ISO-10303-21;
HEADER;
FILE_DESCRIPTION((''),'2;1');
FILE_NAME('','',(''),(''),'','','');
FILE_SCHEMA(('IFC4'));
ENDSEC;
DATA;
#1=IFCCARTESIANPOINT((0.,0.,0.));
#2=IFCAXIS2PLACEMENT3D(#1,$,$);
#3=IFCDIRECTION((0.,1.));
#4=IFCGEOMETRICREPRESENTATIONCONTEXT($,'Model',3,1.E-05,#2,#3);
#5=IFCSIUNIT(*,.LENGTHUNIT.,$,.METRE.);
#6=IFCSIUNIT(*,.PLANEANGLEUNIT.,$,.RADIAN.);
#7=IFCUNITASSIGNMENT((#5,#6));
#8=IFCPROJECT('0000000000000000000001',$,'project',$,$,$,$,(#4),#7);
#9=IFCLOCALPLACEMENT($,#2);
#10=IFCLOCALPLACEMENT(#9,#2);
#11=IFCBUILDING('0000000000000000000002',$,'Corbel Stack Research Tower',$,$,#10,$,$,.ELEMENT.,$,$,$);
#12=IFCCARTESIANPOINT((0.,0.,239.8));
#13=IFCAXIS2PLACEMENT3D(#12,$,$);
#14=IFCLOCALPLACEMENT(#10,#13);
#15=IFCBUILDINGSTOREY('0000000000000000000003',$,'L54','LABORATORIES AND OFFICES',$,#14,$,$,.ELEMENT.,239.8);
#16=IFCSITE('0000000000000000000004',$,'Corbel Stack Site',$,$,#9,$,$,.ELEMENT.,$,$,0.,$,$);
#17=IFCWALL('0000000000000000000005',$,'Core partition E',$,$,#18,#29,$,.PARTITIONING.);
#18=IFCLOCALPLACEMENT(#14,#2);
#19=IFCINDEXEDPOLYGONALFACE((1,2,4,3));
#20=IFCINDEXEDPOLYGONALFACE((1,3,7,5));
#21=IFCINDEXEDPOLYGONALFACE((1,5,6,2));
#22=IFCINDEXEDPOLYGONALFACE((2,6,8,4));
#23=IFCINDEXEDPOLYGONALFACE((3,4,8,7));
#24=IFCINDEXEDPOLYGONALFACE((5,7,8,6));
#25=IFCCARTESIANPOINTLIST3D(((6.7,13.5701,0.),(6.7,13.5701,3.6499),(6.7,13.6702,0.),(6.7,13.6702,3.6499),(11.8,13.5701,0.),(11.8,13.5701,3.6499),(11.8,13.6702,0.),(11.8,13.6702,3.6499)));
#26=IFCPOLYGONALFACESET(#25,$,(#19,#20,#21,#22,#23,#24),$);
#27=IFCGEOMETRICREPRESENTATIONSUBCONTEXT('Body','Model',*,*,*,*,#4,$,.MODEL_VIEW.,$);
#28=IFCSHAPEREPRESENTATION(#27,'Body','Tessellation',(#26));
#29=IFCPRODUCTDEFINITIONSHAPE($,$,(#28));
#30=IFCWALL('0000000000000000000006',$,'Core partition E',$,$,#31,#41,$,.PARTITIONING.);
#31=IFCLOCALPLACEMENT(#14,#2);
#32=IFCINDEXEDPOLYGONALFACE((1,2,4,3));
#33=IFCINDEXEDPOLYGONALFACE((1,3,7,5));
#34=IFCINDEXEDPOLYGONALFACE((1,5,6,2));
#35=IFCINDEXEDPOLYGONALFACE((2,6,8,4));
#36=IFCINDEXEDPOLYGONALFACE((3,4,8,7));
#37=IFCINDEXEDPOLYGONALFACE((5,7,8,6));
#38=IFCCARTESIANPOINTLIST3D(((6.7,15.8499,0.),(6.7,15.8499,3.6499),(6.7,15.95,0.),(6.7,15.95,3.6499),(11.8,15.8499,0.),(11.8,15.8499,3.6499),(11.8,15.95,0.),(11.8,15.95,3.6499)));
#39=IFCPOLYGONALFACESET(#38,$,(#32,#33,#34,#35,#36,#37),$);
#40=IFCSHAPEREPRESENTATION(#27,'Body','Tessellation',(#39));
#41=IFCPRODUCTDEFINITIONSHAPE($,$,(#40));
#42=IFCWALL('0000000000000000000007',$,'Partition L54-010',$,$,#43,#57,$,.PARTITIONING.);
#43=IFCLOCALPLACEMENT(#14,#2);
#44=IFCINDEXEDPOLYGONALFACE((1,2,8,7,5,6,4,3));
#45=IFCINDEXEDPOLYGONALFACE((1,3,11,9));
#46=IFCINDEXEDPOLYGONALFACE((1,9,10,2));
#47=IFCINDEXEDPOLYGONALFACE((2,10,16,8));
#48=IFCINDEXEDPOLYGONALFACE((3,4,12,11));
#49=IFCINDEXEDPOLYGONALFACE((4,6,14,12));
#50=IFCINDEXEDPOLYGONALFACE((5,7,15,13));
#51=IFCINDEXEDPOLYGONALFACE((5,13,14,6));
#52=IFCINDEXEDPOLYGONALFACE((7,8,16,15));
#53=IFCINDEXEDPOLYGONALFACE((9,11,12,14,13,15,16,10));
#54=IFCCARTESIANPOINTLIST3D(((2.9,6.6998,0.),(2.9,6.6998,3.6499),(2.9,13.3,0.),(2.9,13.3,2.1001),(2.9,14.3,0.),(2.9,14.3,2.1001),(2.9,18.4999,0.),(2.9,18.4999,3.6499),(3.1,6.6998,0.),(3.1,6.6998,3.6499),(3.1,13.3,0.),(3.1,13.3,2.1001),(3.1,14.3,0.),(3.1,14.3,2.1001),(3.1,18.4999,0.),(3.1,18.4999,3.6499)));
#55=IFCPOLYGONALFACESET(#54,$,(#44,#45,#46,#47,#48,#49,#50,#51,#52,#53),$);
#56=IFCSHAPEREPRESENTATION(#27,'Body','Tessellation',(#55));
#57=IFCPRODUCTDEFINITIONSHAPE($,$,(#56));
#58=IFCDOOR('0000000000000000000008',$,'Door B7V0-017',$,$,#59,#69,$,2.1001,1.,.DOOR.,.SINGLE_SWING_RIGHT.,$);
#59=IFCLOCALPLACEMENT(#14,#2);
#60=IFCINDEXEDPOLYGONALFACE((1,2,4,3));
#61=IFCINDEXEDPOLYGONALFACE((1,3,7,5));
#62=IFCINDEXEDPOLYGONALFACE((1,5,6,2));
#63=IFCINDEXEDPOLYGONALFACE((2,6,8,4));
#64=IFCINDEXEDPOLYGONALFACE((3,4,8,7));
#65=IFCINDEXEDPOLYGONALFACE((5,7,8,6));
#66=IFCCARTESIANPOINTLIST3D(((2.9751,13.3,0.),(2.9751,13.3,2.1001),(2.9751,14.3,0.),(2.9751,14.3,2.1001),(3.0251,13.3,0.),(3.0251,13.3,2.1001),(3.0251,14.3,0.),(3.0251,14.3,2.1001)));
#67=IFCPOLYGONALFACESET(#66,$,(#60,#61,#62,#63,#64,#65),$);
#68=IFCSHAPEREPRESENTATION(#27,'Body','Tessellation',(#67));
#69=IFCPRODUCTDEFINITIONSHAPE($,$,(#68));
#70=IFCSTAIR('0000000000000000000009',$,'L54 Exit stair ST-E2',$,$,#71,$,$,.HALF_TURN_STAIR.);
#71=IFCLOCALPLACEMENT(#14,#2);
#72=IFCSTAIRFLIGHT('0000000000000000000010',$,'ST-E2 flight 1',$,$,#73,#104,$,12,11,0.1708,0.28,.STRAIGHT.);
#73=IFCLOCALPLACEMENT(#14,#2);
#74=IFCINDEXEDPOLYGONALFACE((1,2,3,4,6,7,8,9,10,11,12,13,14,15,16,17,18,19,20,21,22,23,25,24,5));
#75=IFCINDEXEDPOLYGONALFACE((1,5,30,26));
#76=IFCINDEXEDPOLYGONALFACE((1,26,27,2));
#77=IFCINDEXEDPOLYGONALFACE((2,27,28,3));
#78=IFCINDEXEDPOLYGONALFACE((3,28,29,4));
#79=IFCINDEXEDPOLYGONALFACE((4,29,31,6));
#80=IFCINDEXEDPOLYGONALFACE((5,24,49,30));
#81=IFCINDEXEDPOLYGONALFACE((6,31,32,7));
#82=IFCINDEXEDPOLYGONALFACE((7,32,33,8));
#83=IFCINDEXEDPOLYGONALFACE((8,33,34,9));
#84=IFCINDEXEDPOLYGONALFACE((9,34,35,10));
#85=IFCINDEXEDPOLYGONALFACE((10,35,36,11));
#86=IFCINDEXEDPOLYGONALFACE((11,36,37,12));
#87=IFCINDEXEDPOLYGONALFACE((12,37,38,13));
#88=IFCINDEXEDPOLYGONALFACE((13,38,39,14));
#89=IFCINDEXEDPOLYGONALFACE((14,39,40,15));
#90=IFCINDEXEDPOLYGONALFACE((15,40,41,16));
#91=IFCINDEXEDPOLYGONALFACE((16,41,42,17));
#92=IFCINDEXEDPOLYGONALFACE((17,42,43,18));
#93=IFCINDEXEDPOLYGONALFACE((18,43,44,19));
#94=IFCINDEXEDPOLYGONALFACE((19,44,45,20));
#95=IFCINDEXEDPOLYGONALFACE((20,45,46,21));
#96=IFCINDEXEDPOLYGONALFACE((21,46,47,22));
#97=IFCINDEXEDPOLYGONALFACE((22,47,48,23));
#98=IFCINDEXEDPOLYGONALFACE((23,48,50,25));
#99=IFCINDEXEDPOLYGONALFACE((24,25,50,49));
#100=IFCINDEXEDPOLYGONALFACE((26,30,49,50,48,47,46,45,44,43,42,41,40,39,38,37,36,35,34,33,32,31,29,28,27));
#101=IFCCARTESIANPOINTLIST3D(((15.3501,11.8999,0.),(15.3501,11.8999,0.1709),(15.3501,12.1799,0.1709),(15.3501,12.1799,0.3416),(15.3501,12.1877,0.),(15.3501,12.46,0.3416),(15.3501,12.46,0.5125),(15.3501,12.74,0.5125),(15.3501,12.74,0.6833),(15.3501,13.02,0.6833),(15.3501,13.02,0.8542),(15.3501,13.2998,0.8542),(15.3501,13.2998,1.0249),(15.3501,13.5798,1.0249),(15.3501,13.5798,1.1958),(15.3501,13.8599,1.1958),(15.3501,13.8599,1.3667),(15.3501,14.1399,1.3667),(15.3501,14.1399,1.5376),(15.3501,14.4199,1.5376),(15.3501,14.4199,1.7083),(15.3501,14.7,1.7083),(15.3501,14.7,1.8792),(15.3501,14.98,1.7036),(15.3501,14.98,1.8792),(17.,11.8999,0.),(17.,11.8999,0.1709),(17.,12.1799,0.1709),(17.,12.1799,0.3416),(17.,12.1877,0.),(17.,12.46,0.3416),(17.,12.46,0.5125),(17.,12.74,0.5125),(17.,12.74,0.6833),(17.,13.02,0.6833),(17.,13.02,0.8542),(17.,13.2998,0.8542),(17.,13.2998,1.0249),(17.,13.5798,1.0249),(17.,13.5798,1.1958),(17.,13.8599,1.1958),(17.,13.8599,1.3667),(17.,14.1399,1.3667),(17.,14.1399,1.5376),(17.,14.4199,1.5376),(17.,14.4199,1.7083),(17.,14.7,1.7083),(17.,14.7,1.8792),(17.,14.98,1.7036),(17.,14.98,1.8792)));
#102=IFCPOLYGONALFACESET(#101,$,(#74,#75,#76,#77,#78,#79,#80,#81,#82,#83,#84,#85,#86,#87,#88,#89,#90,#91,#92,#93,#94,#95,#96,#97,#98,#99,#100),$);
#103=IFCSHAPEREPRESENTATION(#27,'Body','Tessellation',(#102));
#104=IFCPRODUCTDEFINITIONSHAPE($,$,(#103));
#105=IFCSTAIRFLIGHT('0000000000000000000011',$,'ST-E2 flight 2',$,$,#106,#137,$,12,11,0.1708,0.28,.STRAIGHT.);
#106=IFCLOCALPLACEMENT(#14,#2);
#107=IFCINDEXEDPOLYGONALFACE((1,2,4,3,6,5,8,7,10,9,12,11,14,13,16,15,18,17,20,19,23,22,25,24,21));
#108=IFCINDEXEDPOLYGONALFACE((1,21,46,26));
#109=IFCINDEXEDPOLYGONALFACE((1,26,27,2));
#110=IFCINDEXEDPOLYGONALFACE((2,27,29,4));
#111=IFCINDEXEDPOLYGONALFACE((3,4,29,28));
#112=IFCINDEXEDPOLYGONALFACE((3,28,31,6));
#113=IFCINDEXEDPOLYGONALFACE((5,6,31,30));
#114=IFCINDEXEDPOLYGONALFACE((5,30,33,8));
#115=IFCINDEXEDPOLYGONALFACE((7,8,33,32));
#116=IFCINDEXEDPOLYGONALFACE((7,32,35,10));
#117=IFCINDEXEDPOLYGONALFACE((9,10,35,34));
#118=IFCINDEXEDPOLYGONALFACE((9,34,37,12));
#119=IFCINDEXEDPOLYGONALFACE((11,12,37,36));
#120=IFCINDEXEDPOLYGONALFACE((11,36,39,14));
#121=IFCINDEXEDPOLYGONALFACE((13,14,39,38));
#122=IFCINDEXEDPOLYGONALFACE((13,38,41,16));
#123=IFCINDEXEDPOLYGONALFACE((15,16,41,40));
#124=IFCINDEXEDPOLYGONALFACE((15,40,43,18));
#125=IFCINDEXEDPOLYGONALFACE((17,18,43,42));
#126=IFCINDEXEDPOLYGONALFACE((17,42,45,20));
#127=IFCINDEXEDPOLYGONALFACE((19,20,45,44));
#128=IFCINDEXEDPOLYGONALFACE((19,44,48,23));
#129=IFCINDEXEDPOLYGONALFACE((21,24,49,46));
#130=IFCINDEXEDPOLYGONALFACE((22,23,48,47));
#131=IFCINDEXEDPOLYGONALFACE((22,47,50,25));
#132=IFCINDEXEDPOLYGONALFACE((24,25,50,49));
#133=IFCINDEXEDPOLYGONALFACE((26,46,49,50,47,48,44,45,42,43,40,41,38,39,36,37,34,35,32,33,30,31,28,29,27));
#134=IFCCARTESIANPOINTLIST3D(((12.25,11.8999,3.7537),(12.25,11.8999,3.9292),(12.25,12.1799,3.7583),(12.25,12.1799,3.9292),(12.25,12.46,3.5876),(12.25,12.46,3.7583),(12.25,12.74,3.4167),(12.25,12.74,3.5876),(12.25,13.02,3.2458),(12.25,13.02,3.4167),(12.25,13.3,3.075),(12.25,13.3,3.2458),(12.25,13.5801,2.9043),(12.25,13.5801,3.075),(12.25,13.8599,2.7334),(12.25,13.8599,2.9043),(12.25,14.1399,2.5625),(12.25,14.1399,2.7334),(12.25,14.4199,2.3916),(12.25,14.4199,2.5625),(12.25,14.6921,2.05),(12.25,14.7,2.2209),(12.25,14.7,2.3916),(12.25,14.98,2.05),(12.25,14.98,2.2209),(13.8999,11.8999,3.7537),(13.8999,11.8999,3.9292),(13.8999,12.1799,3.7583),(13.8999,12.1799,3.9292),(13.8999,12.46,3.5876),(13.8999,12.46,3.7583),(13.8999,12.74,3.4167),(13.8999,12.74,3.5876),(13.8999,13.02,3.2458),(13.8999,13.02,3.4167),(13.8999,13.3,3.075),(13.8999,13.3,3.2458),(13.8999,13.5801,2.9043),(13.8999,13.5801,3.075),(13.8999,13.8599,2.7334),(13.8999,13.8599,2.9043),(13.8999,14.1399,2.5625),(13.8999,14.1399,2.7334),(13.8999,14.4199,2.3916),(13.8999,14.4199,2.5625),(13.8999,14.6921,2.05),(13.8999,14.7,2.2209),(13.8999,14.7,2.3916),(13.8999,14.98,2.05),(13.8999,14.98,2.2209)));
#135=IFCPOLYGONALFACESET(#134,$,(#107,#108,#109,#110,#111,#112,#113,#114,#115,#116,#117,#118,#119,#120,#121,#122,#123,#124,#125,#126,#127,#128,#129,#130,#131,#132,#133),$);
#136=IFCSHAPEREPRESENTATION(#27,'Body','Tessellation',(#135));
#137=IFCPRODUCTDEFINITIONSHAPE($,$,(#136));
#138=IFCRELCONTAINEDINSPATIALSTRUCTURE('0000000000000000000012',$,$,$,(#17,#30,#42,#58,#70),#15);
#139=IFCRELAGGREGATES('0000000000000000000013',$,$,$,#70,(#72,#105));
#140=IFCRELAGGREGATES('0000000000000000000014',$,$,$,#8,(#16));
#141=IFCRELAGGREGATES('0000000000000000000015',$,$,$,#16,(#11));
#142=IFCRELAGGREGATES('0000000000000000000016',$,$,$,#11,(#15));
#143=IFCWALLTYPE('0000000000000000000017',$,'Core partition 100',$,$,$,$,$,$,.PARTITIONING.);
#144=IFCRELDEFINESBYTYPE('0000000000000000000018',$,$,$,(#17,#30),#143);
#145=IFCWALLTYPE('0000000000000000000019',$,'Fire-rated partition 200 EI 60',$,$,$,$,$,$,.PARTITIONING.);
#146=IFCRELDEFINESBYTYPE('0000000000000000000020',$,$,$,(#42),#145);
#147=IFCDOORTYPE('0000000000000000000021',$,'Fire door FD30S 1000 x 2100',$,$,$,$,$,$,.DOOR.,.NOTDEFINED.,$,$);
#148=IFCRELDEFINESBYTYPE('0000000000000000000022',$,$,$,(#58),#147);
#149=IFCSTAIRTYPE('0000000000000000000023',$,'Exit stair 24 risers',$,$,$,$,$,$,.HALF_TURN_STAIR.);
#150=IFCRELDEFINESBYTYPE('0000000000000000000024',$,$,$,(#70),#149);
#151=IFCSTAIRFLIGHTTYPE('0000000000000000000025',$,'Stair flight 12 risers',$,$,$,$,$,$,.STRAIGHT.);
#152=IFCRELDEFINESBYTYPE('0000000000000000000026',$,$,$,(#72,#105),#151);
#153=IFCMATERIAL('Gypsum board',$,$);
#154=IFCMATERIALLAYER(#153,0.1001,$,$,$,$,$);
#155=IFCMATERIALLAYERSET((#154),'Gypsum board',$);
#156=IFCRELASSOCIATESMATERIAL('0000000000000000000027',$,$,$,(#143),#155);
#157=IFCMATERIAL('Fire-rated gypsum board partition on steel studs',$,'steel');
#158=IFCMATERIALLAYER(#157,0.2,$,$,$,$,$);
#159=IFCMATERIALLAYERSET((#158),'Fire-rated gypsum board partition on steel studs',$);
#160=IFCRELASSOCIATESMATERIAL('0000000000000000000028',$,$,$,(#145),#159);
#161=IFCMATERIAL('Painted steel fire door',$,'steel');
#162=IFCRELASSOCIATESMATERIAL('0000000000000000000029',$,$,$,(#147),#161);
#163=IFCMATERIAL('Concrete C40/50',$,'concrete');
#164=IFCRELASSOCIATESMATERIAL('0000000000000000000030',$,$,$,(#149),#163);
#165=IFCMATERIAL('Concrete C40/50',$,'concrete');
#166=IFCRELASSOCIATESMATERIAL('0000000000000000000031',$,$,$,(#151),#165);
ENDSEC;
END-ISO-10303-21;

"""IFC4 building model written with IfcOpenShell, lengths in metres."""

from ifc_helpers import new_model, si_unit, direction, frame, frame_2d, origin, place, context, subcontext, project, spatial, polyline, rectangle, outline, extrude, material, layer, layer_set, type_object, element, fill, aggregate, save


model = new_model("IFC4")

# Units and contexts
model_context = context("Model", 3, precision=1e-05, world=origin(), true_north=direction((0.0, 1.0)))
body_context = subcontext(model_context, "Body", "Model", "MODEL_VIEW")
ifc_project = project(units=[si_unit("LENGTHUNIT", "METRE"), si_unit("PLANEANGLEUNIT", "RADIAN")], contexts=[model_context])

# Site, building, storey
site_placement = place(None, origin())
site = spatial("IfcSite", under=ifc_project, at=site_placement, Name="Corbel Stack Site", CompositionType="ELEMENT", RefElevation=0.0)
building_placement = place(site_placement, origin())
building = spatial("IfcBuilding", under=site, at=building_placement, Name="Corbel Stack Research Tower", CompositionType="ELEMENT")
storey_placement = place(building_placement, frame((0.0, 0.0, 239.8)))
storey = spatial("IfcBuildingStorey", under=building, at=storey_placement, Name="L54", Description="LABORATORIES AND OFFICES", CompositionType="ELEMENT", Elevation=239.8)

# Walls
ifc_material_1 = material(Name="Gypsum board")
ifc_layer_1 = layer(ifc_material_1, 0.1001)
ifc_layer_set_1 = layer_set([ifc_layer_1], Name="Gypsum board")
wall_type_1 = type_object("IfcWallType", Name="Core partition 100", PredefinedType="PARTITIONING", material=ifc_layer_set_1)
for number, where, z_axis, x_axis, name in (
    (1, (6.7, 13.6201, 0.0), (0.0, 0.0, 1.0), (1.0, 0.0, 0.0), "Core partition E"),
    (2, (6.7, 15.8999, 0.0), (0.0, 0.0, 1.0), (1.0, 0.0, 0.0), "Core partition E"),
):
    element("IfcWall", number, at=place(storey_placement, frame(where, z_axis=z_axis, x_axis=x_axis)), inside=storey, type_object=wall_type_1, Name=name, PredefinedType="PARTITIONING", context=body_context, shape_type="SweptSolid", body=[
        extrude(rectangle(XDim=5.1001, YDim=0.1001, at=frame_2d((2.55, 0.0))), origin(), (0.0, 0.0, 1.0), 3.6499),
    ])

# Wall, opening, door
ifc_material_2 = material(Name="Fire-rated gypsum board partition on steel studs", Category="steel")
ifc_layer_2 = layer(ifc_material_2, 0.2)
ifc_layer_set_2 = layer_set([ifc_layer_2], Name="Fire-rated gypsum board partition on steel studs")
wall_type_2 = type_object("IfcWallType", Name="Fire-rated partition 200 EI 60", PredefinedType="PARTITIONING", material=ifc_layer_set_2)
wall_1_placement = place(storey_placement, frame((3.0, 6.7, 0.0), z_axis=(0.0, 0.0, 1.0), x_axis=(0.0, 1.0, 0.0)))
wall_1 = element("IfcWall", 3, at=wall_1_placement, inside=storey, type_object=wall_type_2, Name="Partition L54-010", PredefinedType="PARTITIONING", context=body_context, shape_type="SweptSolid", body=[
    extrude(rectangle(XDim=11.8, YDim=0.2, at=frame_2d((5.8999, 0.0))), origin(), (0.0, 0.0, 1.0), 3.6499),
])
opening_1_placement = place(wall_1_placement, frame((6.6001, 0.0, 0.0)))
opening_1 = element("IfcOpeningElement", 4, at=opening_1_placement, cuts=wall_1, PredefinedType="OPENING", context=body_context, shape_type="SweptSolid", body=[
    extrude(rectangle(XDim=1.0, YDim=2.1001, at=frame_2d((0.5, 1.05))), frame((0.0, 0.1099, 0.0), z_axis=(0.0, -1.0, 0.0), x_axis=(1.0, 0.0, 0.0)), (0.0, 0.0, 1.0), 0.22),
])
ifc_material_3 = material(Name="Painted steel fire door", Category="steel")
door_type_1 = type_object("IfcDoorType", Name="Fire door FD30S 1000 x 2100", OperationType="NOTDEFINED", PredefinedType="DOOR", material=ifc_material_3)
door_1_placement = place(opening_1_placement, origin())
door_1 = element("IfcDoor", 5, at=door_1_placement, inside=storey, type_object=door_type_1, Name="Door B7V0-017", OperationType="SINGLE_SWING_RIGHT", OverallHeight=2.1001, OverallWidth=1.0, PredefinedType="DOOR", context=body_context, shape_type="SweptSolid", body=[
    extrude(rectangle(XDim=1.0, YDim=2.1001, at=frame_2d((0.5, 1.05))), frame((0.0, 0.0249, 0.0), z_axis=(0.0, -1.0, 0.0), x_axis=(1.0, 0.0, 0.0)), (0.0, 0.0, 1.0), 0.05),
])
fill(opening_1, door_1)

# Stair, stair flights
ifc_material_4 = material(Name="Concrete C40/50", Category="concrete")
stair_type = type_object("IfcStairType", Name="Exit stair 24 risers", PredefinedType="HALF_TURN_STAIR", material=ifc_material_4)
stair_placement = place(storey_placement, origin())
stair = element("IfcStair", 6, at=stair_placement, inside=storey, type_object=stair_type, Name="L54 Exit stair ST-E2", PredefinedType="HALF_TURN_STAIR")
ifc_material_5 = material(Name="Concrete C40/50", Category="concrete")
stair_flight_type = type_object("IfcStairFlightType", Name="Stair flight 12 risers", PredefinedType="STRAIGHT", material=ifc_material_5)
stair_flight_1_placement = place(storey_placement, frame((16.175, 11.8999, 0.0), z_axis=(0.0, 0.0, 1.0), x_axis=(0.0, 1.0, 0.0)))
stair_flight_1 = element("IfcStairFlight", 7, at=stair_flight_1_placement, type_object=stair_flight_type, Name="ST-E2 flight 1", NumberOfRisers=12, NumberOfTreads=11, PredefinedType="STRAIGHT", RiserHeight=0.1708, TreadLength=0.28, context=body_context, shape_type="SweptSolid", body=[
    extrude(outline(polyline([(0.0, 0.0), (0.0, 0.1709), (0.28, 0.1709), (0.28, 0.3416), (0.5601, 0.3416), (0.5601, 0.5125), (0.8401, 0.5125), (0.8401, 0.6833), (1.1201, 0.6833), (1.1201, 0.8542), (1.3999, 0.8542), (1.3999, 1.0249), (1.6799, 1.0249), (1.6799, 1.1958), (1.96, 1.1958), (1.96, 1.3667), (2.24, 1.3667), (2.24, 1.5376), (2.52, 1.5376), (2.52, 1.7083), (2.8, 1.7083), (2.8, 1.8792), (3.0801, 1.8792), (3.0801, 2.05), (3.0801, 1.7036), (0.2878, 0.0), (0.0, 0.0)])), frame((0.0, 0.825, 0.0), z_axis=(0.0, -1.0, 0.0), x_axis=(1.0, 0.0, 0.0)), (0.0, 0.0, 1.0), 1.6499),
])
stair_flight_2_placement = place(storey_placement, frame((13.075, 14.98, 2.05), z_axis=(0.0, 0.0, 1.0), x_axis=(0.0, -1.0, 0.0)))
stair_flight_2 = element("IfcStairFlight", 8, at=stair_flight_2_placement, type_object=stair_flight_type, Name="ST-E2 flight 2", NumberOfRisers=12, NumberOfTreads=11, PredefinedType="STRAIGHT", RiserHeight=0.1708, TreadLength=0.28, context=body_context, shape_type="SweptSolid", body=[
    extrude(outline(polyline([(0.0, 0.0), (0.0, 0.1709), (0.28, 0.1709), (0.28, 0.3416), (0.5601, 0.3416), (0.5601, 0.5125), (0.8401, 0.5125), (0.8401, 0.6833), (1.1201, 0.6833), (1.1201, 0.8542), (1.3999, 0.8542), (1.3999, 1.0249), (1.6799, 1.0249), (1.6799, 1.1958), (1.96, 1.1958), (1.96, 1.3667), (2.24, 1.3667), (2.24, 1.5376), (2.52, 1.5376), (2.52, 1.7083), (2.8, 1.7083), (2.8, 1.8792), (3.0801, 1.8792), (3.0801, 2.05), (3.0801, 1.7036), (0.2878, 0.0), (0.0, 0.0)])), frame((0.0, 0.825, 0.0), z_axis=(0.0, -1.0, 0.0), x_axis=(1.0, 0.0, 0.0)), (0.0, 0.0, 1.0), 1.6499),
])
aggregate(stair, [stair_flight_1, stair_flight_2])

save(model, "model.ifc")
